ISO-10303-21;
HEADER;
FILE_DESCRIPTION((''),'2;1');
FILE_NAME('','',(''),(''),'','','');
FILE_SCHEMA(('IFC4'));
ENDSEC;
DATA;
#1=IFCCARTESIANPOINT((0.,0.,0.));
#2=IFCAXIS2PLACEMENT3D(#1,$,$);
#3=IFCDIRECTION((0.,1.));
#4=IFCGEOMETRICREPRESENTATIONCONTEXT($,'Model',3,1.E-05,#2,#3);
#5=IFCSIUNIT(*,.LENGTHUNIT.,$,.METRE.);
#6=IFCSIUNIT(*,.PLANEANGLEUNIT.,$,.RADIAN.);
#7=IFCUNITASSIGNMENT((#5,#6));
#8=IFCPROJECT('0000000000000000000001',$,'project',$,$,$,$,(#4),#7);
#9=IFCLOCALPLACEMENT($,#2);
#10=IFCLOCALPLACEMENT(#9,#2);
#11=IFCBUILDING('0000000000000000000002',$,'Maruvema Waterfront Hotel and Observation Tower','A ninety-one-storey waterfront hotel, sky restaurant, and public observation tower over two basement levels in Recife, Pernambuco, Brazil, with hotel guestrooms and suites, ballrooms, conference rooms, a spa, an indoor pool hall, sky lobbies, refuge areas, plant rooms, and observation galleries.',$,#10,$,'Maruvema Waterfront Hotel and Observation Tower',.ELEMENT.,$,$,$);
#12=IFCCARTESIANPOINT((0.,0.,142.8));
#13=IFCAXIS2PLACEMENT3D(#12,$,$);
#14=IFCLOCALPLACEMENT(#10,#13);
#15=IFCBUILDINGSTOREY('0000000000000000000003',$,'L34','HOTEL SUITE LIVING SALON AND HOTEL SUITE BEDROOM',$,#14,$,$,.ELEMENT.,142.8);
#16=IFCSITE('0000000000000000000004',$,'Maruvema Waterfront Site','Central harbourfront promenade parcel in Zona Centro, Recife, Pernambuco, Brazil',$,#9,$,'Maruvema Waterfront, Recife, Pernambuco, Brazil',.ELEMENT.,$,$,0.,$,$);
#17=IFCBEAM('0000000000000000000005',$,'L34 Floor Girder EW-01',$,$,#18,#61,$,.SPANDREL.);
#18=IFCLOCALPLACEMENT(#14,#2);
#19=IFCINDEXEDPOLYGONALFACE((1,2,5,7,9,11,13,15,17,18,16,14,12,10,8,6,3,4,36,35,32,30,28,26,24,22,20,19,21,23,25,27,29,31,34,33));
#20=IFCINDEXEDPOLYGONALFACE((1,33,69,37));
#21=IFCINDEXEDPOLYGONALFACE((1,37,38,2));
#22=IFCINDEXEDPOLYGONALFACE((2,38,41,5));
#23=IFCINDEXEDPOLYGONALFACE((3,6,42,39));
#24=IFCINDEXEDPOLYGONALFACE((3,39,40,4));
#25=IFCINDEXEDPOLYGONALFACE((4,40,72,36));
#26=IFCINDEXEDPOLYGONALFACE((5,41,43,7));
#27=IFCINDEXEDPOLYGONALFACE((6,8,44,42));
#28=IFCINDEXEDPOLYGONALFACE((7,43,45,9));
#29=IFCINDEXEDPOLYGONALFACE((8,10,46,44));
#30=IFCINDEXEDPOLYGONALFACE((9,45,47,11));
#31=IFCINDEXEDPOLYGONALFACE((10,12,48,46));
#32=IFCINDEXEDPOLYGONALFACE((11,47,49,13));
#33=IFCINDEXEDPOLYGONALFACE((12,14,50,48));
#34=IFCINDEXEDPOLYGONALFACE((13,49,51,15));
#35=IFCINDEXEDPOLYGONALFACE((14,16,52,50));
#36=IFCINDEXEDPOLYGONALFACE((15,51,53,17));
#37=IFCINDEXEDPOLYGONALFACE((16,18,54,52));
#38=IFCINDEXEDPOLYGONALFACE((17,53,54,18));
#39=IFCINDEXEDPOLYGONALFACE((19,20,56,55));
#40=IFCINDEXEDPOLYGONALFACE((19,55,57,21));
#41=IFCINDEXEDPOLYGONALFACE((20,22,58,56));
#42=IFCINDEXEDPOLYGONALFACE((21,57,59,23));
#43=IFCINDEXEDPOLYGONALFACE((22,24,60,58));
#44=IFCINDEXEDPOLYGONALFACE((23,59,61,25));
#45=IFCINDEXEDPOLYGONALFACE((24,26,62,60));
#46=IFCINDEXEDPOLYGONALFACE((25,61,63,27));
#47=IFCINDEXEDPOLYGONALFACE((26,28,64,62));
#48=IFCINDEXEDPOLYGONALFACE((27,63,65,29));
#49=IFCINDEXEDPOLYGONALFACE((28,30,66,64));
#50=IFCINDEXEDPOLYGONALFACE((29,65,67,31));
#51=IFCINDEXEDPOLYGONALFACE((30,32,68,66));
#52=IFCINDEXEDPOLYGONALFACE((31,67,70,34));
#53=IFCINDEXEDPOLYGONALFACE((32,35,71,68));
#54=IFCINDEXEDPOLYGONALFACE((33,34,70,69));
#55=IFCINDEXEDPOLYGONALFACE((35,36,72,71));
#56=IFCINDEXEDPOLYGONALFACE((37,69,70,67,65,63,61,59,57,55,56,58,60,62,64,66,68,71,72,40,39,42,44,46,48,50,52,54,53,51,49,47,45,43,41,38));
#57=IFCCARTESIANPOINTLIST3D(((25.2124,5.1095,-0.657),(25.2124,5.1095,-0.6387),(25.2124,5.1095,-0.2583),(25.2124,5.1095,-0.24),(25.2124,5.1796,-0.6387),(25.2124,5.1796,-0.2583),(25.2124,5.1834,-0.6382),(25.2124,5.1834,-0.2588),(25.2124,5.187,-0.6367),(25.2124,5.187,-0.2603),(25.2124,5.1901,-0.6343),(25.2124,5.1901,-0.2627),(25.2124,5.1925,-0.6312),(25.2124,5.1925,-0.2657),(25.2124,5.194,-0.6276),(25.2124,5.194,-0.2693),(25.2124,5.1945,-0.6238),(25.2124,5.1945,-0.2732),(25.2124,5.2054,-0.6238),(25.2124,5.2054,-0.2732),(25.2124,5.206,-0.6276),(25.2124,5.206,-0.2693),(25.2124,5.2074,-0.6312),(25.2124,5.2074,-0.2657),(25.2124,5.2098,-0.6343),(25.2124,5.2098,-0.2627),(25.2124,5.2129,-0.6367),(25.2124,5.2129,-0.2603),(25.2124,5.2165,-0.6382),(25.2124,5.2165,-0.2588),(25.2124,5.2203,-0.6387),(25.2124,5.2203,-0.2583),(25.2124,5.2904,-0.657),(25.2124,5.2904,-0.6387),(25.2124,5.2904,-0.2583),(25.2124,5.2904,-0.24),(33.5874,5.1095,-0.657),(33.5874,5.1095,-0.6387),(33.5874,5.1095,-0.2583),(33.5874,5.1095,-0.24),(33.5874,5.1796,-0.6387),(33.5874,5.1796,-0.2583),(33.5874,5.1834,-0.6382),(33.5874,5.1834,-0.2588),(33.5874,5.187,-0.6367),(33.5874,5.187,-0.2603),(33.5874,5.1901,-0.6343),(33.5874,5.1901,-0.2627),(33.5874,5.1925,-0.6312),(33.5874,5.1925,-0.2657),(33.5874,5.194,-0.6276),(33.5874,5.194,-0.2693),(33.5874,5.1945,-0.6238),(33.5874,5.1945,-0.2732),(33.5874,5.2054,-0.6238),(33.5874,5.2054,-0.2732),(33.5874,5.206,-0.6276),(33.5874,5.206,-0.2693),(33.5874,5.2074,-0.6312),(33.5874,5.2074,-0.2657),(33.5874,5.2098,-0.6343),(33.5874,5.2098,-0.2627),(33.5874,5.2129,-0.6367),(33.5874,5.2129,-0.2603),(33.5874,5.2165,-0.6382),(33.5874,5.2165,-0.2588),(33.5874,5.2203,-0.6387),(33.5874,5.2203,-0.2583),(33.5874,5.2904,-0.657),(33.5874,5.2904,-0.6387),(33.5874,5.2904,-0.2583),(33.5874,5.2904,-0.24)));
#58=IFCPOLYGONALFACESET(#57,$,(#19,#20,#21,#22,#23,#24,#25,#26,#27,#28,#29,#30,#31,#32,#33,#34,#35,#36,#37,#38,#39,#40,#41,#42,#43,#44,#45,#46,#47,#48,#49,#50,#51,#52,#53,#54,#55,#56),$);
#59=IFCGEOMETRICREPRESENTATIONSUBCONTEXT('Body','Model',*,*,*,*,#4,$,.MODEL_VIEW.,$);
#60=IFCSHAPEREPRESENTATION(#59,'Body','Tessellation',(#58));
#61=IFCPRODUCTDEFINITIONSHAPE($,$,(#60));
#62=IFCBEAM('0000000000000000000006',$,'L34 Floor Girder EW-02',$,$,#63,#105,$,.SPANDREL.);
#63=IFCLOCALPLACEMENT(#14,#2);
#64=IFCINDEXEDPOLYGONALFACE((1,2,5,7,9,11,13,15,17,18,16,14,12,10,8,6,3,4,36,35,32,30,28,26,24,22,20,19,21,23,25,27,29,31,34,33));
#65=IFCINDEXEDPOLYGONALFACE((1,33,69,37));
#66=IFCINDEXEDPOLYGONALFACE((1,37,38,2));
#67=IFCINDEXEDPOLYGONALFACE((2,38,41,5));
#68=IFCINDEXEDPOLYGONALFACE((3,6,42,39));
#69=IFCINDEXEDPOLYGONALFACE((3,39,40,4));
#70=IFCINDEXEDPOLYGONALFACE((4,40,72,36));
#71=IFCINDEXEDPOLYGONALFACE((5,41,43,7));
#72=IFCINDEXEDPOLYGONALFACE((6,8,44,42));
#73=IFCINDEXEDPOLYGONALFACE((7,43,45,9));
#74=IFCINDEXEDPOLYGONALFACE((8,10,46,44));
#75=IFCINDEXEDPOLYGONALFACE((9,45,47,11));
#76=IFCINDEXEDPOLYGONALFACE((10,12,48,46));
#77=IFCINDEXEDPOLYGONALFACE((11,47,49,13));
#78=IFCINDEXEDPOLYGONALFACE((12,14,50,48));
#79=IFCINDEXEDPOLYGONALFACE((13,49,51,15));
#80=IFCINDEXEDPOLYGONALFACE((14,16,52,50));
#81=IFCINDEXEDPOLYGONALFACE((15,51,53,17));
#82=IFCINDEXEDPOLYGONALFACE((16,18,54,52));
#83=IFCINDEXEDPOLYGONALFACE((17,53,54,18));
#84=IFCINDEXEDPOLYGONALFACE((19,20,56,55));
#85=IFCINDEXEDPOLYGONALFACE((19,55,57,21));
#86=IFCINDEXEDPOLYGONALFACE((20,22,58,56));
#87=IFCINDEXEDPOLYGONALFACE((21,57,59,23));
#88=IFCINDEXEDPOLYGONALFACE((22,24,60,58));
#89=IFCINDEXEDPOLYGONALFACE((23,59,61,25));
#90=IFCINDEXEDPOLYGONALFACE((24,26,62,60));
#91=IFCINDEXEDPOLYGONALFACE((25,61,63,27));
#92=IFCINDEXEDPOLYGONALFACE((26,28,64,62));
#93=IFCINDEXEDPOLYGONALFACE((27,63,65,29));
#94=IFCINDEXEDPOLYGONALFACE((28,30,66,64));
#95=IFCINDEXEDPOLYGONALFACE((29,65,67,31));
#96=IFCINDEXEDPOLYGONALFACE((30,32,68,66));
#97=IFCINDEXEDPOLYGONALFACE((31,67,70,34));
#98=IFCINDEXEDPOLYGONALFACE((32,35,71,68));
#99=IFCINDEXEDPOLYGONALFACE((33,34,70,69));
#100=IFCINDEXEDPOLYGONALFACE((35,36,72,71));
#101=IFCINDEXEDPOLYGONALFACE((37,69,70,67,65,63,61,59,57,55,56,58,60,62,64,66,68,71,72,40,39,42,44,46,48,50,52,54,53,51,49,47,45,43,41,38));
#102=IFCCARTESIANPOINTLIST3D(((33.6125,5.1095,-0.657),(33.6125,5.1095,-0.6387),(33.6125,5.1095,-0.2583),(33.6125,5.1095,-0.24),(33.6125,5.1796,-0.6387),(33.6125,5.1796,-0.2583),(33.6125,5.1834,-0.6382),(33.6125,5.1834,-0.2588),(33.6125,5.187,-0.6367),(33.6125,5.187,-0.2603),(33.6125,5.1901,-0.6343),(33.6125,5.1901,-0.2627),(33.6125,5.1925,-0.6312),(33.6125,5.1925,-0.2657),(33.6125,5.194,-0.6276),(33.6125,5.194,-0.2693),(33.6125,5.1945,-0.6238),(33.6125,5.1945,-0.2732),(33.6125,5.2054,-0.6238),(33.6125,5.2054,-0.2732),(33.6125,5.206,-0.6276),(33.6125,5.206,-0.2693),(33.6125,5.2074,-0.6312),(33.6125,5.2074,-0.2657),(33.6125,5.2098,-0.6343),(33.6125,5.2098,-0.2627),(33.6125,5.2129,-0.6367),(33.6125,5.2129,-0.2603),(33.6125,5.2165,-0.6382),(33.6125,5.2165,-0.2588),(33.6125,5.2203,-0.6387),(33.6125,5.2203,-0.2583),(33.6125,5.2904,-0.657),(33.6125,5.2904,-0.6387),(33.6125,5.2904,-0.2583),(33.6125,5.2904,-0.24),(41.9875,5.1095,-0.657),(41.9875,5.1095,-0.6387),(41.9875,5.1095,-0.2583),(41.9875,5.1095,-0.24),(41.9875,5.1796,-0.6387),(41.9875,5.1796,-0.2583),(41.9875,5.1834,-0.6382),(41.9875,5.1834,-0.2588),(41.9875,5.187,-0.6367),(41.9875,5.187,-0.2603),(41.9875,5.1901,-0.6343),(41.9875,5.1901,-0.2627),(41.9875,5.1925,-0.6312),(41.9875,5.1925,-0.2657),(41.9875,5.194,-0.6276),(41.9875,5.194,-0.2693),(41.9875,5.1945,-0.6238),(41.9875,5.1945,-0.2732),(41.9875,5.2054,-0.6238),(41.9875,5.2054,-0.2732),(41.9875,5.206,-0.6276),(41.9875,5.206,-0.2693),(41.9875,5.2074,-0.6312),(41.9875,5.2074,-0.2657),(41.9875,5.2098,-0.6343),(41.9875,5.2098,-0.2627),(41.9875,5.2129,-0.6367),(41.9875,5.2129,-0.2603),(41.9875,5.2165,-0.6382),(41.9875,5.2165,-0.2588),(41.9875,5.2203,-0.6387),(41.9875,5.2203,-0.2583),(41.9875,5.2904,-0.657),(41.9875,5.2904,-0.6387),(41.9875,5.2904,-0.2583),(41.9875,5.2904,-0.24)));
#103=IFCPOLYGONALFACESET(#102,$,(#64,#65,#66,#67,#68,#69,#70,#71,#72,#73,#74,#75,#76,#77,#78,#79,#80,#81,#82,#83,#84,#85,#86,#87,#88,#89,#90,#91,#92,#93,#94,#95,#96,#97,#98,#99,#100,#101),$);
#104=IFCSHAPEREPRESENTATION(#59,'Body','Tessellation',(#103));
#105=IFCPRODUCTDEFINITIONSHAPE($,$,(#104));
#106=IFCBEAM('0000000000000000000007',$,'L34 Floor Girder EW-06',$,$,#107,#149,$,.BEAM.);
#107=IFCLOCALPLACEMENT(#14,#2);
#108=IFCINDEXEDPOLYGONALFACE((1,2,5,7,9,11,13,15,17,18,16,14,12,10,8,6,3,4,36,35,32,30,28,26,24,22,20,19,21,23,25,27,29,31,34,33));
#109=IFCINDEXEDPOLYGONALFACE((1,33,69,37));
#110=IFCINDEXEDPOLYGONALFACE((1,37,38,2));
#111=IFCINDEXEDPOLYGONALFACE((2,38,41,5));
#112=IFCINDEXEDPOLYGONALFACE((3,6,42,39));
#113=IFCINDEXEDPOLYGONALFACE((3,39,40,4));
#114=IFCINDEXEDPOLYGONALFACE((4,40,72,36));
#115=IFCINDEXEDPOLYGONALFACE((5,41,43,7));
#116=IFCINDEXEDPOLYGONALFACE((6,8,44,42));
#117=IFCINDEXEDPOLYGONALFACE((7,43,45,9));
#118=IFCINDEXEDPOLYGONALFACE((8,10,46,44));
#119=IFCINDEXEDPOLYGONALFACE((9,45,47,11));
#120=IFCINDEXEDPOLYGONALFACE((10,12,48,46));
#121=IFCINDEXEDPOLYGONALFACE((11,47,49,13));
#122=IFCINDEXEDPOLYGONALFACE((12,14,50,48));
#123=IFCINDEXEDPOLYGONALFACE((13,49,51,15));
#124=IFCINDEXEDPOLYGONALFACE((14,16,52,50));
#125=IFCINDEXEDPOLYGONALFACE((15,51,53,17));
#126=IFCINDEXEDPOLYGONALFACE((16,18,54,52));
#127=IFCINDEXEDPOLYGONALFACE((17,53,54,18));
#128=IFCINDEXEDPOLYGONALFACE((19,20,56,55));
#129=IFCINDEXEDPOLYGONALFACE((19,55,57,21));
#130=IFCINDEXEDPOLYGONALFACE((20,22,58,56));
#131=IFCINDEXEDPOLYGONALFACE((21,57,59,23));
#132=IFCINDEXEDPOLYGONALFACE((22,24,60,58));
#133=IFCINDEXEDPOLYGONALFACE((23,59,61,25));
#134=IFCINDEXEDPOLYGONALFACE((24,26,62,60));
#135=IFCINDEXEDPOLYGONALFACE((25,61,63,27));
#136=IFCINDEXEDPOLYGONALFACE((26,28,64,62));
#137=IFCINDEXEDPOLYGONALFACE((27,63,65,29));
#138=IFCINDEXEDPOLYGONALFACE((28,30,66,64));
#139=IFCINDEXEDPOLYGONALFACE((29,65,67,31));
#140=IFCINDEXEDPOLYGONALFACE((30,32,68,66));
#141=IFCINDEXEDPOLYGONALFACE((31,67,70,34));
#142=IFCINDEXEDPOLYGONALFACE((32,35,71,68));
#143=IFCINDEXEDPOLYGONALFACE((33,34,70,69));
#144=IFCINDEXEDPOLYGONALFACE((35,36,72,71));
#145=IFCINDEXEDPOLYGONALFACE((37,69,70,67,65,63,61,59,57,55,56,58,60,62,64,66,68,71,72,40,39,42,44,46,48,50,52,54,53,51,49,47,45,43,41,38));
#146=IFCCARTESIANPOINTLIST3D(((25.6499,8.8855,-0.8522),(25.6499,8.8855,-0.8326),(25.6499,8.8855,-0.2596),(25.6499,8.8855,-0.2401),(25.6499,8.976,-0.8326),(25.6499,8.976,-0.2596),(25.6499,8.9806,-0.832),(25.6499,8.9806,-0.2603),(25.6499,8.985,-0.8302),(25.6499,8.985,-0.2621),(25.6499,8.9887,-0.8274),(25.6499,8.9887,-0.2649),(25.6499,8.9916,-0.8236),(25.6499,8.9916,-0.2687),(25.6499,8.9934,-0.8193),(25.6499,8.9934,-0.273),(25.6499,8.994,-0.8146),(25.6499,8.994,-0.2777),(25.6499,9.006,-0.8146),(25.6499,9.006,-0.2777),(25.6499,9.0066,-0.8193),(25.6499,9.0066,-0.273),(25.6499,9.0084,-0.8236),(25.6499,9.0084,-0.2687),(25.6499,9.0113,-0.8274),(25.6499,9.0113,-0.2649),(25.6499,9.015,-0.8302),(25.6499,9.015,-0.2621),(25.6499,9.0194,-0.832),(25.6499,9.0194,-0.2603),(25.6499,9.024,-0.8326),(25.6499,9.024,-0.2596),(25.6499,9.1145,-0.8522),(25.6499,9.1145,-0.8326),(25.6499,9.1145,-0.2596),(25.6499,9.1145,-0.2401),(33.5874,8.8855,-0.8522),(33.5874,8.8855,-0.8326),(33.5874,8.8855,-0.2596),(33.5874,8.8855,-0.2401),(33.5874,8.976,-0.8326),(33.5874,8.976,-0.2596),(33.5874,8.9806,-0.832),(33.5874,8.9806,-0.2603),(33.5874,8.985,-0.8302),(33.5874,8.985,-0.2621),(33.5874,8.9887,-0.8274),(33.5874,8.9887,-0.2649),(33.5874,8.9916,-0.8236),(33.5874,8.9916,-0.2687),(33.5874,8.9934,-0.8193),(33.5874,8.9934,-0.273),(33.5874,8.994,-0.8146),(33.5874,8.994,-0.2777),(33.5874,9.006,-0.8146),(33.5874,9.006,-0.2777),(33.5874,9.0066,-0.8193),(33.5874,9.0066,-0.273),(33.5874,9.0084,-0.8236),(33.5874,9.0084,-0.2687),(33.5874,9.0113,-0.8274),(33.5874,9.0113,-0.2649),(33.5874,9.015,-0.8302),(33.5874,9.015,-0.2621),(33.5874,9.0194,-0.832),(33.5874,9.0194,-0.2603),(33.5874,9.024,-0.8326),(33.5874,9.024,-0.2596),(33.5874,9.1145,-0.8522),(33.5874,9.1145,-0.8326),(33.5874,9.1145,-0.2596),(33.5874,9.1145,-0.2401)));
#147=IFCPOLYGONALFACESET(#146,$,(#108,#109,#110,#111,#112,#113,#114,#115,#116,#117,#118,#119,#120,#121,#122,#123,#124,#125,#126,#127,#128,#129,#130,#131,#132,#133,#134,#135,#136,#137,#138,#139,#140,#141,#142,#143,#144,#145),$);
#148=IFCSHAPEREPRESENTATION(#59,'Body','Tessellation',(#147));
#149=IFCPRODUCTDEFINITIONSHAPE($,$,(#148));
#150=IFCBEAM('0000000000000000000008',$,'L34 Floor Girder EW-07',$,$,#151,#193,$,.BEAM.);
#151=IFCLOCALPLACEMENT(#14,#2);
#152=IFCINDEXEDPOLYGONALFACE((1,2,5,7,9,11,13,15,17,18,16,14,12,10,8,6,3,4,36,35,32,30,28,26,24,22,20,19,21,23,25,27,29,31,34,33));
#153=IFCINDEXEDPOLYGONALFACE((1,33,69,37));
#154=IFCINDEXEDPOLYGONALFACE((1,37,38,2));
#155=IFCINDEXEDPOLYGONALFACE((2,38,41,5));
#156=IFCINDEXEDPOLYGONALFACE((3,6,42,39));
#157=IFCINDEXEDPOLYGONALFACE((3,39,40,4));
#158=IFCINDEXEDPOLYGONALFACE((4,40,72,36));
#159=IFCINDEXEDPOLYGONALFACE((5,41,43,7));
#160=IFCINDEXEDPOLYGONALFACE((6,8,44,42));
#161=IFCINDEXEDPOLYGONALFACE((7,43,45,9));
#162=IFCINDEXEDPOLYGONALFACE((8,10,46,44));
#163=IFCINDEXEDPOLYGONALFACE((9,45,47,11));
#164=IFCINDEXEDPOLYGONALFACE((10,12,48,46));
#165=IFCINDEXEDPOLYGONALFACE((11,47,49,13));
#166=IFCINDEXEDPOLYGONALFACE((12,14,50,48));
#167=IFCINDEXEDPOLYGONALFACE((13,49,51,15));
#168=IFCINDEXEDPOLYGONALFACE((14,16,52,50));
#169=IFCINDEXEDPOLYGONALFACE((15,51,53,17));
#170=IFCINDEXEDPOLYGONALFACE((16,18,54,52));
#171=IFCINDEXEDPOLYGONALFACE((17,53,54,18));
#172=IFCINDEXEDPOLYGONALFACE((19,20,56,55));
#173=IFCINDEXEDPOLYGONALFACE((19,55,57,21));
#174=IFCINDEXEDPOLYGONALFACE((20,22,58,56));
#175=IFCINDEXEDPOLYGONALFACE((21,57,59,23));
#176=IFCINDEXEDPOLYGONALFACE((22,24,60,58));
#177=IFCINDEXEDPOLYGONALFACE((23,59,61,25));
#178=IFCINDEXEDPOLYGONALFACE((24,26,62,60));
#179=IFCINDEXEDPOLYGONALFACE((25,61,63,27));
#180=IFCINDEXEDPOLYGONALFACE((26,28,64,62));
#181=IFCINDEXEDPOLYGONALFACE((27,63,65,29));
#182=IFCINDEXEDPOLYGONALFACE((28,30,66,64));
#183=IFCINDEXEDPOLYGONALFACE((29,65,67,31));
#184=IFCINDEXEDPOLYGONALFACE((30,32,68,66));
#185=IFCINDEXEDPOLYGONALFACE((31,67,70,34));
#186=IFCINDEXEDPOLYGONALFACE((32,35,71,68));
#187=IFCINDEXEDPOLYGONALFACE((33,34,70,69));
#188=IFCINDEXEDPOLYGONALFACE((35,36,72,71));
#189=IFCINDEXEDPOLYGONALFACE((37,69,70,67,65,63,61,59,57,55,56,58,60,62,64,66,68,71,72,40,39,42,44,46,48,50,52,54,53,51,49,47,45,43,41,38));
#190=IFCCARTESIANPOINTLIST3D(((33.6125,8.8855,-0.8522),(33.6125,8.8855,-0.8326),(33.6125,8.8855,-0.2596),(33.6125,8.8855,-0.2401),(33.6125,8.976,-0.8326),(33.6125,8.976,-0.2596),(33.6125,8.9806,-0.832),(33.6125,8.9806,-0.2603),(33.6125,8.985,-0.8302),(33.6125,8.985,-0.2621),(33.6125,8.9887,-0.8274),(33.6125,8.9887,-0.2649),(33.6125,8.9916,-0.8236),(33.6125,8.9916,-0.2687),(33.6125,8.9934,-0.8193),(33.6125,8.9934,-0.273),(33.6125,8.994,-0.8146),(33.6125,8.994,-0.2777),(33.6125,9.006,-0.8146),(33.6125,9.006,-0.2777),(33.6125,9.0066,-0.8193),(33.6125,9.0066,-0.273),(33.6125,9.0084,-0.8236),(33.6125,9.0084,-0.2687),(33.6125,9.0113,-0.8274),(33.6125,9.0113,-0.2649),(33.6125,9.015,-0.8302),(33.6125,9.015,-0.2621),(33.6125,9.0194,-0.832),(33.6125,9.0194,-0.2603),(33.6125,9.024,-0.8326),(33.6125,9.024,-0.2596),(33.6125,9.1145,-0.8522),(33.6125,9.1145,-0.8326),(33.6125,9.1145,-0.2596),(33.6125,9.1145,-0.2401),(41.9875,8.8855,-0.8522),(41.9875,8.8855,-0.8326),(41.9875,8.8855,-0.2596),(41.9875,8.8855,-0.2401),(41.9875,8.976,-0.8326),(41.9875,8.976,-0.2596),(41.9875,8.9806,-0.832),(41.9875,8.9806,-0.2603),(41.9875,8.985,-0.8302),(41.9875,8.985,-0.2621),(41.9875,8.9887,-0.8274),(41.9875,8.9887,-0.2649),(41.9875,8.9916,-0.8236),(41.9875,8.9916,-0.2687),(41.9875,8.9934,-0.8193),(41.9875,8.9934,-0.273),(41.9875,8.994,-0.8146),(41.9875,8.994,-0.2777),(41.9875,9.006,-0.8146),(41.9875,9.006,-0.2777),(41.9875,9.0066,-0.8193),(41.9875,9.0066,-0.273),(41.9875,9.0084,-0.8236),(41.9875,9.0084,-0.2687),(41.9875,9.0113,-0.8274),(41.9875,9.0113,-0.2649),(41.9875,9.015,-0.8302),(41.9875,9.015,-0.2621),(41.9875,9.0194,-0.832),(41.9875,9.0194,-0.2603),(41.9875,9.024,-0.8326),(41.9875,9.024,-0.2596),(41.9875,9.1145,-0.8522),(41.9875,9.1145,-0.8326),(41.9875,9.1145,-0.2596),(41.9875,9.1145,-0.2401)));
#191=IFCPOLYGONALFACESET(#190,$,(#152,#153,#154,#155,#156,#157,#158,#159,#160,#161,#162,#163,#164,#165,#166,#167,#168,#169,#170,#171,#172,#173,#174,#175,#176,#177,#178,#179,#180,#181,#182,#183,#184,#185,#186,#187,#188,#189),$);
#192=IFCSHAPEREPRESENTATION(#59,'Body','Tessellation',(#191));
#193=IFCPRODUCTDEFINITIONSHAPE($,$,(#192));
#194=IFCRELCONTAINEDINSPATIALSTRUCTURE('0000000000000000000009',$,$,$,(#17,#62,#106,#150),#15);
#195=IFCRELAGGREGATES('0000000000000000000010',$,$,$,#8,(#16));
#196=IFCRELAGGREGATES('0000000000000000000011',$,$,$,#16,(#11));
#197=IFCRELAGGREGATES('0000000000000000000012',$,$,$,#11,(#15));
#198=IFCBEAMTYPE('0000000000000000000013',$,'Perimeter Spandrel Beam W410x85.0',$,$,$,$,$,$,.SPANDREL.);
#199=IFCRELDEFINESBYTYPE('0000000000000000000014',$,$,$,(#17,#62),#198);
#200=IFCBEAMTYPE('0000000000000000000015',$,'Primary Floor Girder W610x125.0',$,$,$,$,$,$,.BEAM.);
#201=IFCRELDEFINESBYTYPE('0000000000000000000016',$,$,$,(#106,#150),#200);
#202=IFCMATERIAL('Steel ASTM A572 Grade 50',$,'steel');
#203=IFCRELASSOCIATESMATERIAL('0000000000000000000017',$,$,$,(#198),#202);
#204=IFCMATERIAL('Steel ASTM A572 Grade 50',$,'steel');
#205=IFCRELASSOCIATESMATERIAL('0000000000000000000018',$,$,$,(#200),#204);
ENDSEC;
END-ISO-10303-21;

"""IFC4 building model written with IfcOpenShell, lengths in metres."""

from ifc_helpers import new_model, si_unit, direction, frame, origin, origin_2d, place, context, subcontext, project, spatial, i_section, extrude, material, material_profile, profile_set, type_object, element, save


model = new_model("IFC4")

# Units and contexts
model_context = context("Model", 3, precision=1e-05, world=origin(), true_north=direction((0.0, 1.0)))
body_context = subcontext(model_context, "Body", "Model", "MODEL_VIEW")
ifc_project = project(units=[si_unit("LENGTHUNIT", "METRE"), si_unit("PLANEANGLEUNIT", "RADIAN")], contexts=[model_context])

# Site, building, storey
site_placement = place(None, origin())
site = spatial("IfcSite", under=ifc_project, at=site_placement, Name="Maruvema Waterfront Site", Description="Central harbourfront promenade parcel in Zona Centro, Recife, Pernambuco, Brazil", LongName="Maruvema Waterfront, Recife, Pernambuco, Brazil", CompositionType="ELEMENT", RefElevation=0.0)
building_placement = place(site_placement, origin())
building = spatial("IfcBuilding", under=site, at=building_placement, Name="Maruvema Waterfront Hotel and Observation Tower", Description="A ninety-one-storey waterfront hotel, sky restaurant, and public observation tower over two basement levels in Recife, Pernambuco, Brazil, with hotel guestrooms and suites, ballrooms, conference rooms, a spa, an indoor pool hall, sky lobbies, refuge areas, plant rooms, and observation galleries.", LongName="Maruvema Waterfront Hotel and Observation Tower", CompositionType="ELEMENT")
storey_placement = place(building_placement, frame((0.0, 0.0, 142.8)))
storey = spatial("IfcBuildingStorey", under=building, at=storey_placement, Name="L34", Description="HOTEL SUITE LIVING SALON AND HOTEL SUITE BEDROOM", CompositionType="ELEMENT", Elevation=142.8)

# Beams
ifc_material_1 = material(Name="Steel ASTM A572 Grade 50", Category="steel")
ifc_material_profile_1 = material_profile(ifc_material_1, i_section(OverallWidth=0.1809, OverallDepth=0.417, WebThickness=0.011, FlangeThickness=0.0183, FilletRadius=0.0149, at=origin_2d()), Name="W410x85.0")
ifc_profile_set_1 = profile_set([ifc_material_profile_1], Name="Steel ASTM A572 Grade 50")
beam_type_1 = type_object("IfcBeamType", Name="Perimeter Spandrel Beam W410x85.0", PredefinedType="SPANDREL", material=ifc_profile_set_1)
for number, where, z_axis, x_axis, name in (
    (1, (25.2124, 5.2, -0.4485), (1.0, 0.0, 0.0), (0.0, 1.0, 0.0), "L34 Floor Girder EW-01"),
    (2, (33.6125, 5.2, -0.4485), (1.0, 0.0, 0.0), (0.0, 1.0, 0.0), "L34 Floor Girder EW-02"),
):
    element("IfcBeam", number, at=place(storey_placement, frame(where, z_axis=z_axis, x_axis=x_axis)), inside=storey, type_object=beam_type_1, Name=name, PredefinedType="SPANDREL", context=body_context, shape_type="SweptSolid", body=[
        extrude(i_section(OverallWidth=0.1809, OverallDepth=0.417, WebThickness=0.011, FlangeThickness=0.0183, FilletRadius=0.0149, at=origin_2d()), origin(), (0.0, 0.0, 1.0), 8.375),
    ])
ifc_material_2 = material(Name="Steel ASTM A572 Grade 50", Category="steel")
ifc_material_profile_2 = material_profile(ifc_material_2, i_section(OverallWidth=0.229, OverallDepth=0.6121, WebThickness=0.012, FlangeThickness=0.0195, FilletRadius=0.0181, at=origin_2d()), Name="W610x125.0")
ifc_profile_set_2 = profile_set([ifc_material_profile_2], Name="Steel ASTM A572 Grade 50")
beam_type_2 = type_object("IfcBeamType", Name="Primary Floor Girder W610x125.0", PredefinedType="BEAM", material=ifc_profile_set_2)
beam_1_placement = place(storey_placement, frame((25.6499, 9.0, -0.5461), z_axis=(1.0, 0.0, 0.0), x_axis=(0.0, 1.0, 0.0)))
element("IfcBeam", 3, at=beam_1_placement, inside=storey, type_object=beam_type_2, Name="L34 Floor Girder EW-06", PredefinedType="BEAM", context=body_context, shape_type="SweptSolid", body=[
    extrude(i_section(OverallWidth=0.229, OverallDepth=0.6121, WebThickness=0.012, FlangeThickness=0.0195, FilletRadius=0.0181, at=origin_2d()), origin(), (0.0, 0.0, 1.0), 7.9375),
])
beam_2_placement = place(storey_placement, frame((33.6125, 9.0, -0.5461), z_axis=(1.0, 0.0, 0.0), x_axis=(0.0, 1.0, 0.0)))
element("IfcBeam", 4, at=beam_2_placement, inside=storey, type_object=beam_type_2, Name="L34 Floor Girder EW-07", PredefinedType="BEAM", context=body_context, shape_type="SweptSolid", body=[
    extrude(i_section(OverallWidth=0.229, OverallDepth=0.6121, WebThickness=0.012, FlangeThickness=0.0195, FilletRadius=0.0181, at=origin_2d()), origin(), (0.0, 0.0, 1.0), 8.375),
])

save(model, "model.ifc")
